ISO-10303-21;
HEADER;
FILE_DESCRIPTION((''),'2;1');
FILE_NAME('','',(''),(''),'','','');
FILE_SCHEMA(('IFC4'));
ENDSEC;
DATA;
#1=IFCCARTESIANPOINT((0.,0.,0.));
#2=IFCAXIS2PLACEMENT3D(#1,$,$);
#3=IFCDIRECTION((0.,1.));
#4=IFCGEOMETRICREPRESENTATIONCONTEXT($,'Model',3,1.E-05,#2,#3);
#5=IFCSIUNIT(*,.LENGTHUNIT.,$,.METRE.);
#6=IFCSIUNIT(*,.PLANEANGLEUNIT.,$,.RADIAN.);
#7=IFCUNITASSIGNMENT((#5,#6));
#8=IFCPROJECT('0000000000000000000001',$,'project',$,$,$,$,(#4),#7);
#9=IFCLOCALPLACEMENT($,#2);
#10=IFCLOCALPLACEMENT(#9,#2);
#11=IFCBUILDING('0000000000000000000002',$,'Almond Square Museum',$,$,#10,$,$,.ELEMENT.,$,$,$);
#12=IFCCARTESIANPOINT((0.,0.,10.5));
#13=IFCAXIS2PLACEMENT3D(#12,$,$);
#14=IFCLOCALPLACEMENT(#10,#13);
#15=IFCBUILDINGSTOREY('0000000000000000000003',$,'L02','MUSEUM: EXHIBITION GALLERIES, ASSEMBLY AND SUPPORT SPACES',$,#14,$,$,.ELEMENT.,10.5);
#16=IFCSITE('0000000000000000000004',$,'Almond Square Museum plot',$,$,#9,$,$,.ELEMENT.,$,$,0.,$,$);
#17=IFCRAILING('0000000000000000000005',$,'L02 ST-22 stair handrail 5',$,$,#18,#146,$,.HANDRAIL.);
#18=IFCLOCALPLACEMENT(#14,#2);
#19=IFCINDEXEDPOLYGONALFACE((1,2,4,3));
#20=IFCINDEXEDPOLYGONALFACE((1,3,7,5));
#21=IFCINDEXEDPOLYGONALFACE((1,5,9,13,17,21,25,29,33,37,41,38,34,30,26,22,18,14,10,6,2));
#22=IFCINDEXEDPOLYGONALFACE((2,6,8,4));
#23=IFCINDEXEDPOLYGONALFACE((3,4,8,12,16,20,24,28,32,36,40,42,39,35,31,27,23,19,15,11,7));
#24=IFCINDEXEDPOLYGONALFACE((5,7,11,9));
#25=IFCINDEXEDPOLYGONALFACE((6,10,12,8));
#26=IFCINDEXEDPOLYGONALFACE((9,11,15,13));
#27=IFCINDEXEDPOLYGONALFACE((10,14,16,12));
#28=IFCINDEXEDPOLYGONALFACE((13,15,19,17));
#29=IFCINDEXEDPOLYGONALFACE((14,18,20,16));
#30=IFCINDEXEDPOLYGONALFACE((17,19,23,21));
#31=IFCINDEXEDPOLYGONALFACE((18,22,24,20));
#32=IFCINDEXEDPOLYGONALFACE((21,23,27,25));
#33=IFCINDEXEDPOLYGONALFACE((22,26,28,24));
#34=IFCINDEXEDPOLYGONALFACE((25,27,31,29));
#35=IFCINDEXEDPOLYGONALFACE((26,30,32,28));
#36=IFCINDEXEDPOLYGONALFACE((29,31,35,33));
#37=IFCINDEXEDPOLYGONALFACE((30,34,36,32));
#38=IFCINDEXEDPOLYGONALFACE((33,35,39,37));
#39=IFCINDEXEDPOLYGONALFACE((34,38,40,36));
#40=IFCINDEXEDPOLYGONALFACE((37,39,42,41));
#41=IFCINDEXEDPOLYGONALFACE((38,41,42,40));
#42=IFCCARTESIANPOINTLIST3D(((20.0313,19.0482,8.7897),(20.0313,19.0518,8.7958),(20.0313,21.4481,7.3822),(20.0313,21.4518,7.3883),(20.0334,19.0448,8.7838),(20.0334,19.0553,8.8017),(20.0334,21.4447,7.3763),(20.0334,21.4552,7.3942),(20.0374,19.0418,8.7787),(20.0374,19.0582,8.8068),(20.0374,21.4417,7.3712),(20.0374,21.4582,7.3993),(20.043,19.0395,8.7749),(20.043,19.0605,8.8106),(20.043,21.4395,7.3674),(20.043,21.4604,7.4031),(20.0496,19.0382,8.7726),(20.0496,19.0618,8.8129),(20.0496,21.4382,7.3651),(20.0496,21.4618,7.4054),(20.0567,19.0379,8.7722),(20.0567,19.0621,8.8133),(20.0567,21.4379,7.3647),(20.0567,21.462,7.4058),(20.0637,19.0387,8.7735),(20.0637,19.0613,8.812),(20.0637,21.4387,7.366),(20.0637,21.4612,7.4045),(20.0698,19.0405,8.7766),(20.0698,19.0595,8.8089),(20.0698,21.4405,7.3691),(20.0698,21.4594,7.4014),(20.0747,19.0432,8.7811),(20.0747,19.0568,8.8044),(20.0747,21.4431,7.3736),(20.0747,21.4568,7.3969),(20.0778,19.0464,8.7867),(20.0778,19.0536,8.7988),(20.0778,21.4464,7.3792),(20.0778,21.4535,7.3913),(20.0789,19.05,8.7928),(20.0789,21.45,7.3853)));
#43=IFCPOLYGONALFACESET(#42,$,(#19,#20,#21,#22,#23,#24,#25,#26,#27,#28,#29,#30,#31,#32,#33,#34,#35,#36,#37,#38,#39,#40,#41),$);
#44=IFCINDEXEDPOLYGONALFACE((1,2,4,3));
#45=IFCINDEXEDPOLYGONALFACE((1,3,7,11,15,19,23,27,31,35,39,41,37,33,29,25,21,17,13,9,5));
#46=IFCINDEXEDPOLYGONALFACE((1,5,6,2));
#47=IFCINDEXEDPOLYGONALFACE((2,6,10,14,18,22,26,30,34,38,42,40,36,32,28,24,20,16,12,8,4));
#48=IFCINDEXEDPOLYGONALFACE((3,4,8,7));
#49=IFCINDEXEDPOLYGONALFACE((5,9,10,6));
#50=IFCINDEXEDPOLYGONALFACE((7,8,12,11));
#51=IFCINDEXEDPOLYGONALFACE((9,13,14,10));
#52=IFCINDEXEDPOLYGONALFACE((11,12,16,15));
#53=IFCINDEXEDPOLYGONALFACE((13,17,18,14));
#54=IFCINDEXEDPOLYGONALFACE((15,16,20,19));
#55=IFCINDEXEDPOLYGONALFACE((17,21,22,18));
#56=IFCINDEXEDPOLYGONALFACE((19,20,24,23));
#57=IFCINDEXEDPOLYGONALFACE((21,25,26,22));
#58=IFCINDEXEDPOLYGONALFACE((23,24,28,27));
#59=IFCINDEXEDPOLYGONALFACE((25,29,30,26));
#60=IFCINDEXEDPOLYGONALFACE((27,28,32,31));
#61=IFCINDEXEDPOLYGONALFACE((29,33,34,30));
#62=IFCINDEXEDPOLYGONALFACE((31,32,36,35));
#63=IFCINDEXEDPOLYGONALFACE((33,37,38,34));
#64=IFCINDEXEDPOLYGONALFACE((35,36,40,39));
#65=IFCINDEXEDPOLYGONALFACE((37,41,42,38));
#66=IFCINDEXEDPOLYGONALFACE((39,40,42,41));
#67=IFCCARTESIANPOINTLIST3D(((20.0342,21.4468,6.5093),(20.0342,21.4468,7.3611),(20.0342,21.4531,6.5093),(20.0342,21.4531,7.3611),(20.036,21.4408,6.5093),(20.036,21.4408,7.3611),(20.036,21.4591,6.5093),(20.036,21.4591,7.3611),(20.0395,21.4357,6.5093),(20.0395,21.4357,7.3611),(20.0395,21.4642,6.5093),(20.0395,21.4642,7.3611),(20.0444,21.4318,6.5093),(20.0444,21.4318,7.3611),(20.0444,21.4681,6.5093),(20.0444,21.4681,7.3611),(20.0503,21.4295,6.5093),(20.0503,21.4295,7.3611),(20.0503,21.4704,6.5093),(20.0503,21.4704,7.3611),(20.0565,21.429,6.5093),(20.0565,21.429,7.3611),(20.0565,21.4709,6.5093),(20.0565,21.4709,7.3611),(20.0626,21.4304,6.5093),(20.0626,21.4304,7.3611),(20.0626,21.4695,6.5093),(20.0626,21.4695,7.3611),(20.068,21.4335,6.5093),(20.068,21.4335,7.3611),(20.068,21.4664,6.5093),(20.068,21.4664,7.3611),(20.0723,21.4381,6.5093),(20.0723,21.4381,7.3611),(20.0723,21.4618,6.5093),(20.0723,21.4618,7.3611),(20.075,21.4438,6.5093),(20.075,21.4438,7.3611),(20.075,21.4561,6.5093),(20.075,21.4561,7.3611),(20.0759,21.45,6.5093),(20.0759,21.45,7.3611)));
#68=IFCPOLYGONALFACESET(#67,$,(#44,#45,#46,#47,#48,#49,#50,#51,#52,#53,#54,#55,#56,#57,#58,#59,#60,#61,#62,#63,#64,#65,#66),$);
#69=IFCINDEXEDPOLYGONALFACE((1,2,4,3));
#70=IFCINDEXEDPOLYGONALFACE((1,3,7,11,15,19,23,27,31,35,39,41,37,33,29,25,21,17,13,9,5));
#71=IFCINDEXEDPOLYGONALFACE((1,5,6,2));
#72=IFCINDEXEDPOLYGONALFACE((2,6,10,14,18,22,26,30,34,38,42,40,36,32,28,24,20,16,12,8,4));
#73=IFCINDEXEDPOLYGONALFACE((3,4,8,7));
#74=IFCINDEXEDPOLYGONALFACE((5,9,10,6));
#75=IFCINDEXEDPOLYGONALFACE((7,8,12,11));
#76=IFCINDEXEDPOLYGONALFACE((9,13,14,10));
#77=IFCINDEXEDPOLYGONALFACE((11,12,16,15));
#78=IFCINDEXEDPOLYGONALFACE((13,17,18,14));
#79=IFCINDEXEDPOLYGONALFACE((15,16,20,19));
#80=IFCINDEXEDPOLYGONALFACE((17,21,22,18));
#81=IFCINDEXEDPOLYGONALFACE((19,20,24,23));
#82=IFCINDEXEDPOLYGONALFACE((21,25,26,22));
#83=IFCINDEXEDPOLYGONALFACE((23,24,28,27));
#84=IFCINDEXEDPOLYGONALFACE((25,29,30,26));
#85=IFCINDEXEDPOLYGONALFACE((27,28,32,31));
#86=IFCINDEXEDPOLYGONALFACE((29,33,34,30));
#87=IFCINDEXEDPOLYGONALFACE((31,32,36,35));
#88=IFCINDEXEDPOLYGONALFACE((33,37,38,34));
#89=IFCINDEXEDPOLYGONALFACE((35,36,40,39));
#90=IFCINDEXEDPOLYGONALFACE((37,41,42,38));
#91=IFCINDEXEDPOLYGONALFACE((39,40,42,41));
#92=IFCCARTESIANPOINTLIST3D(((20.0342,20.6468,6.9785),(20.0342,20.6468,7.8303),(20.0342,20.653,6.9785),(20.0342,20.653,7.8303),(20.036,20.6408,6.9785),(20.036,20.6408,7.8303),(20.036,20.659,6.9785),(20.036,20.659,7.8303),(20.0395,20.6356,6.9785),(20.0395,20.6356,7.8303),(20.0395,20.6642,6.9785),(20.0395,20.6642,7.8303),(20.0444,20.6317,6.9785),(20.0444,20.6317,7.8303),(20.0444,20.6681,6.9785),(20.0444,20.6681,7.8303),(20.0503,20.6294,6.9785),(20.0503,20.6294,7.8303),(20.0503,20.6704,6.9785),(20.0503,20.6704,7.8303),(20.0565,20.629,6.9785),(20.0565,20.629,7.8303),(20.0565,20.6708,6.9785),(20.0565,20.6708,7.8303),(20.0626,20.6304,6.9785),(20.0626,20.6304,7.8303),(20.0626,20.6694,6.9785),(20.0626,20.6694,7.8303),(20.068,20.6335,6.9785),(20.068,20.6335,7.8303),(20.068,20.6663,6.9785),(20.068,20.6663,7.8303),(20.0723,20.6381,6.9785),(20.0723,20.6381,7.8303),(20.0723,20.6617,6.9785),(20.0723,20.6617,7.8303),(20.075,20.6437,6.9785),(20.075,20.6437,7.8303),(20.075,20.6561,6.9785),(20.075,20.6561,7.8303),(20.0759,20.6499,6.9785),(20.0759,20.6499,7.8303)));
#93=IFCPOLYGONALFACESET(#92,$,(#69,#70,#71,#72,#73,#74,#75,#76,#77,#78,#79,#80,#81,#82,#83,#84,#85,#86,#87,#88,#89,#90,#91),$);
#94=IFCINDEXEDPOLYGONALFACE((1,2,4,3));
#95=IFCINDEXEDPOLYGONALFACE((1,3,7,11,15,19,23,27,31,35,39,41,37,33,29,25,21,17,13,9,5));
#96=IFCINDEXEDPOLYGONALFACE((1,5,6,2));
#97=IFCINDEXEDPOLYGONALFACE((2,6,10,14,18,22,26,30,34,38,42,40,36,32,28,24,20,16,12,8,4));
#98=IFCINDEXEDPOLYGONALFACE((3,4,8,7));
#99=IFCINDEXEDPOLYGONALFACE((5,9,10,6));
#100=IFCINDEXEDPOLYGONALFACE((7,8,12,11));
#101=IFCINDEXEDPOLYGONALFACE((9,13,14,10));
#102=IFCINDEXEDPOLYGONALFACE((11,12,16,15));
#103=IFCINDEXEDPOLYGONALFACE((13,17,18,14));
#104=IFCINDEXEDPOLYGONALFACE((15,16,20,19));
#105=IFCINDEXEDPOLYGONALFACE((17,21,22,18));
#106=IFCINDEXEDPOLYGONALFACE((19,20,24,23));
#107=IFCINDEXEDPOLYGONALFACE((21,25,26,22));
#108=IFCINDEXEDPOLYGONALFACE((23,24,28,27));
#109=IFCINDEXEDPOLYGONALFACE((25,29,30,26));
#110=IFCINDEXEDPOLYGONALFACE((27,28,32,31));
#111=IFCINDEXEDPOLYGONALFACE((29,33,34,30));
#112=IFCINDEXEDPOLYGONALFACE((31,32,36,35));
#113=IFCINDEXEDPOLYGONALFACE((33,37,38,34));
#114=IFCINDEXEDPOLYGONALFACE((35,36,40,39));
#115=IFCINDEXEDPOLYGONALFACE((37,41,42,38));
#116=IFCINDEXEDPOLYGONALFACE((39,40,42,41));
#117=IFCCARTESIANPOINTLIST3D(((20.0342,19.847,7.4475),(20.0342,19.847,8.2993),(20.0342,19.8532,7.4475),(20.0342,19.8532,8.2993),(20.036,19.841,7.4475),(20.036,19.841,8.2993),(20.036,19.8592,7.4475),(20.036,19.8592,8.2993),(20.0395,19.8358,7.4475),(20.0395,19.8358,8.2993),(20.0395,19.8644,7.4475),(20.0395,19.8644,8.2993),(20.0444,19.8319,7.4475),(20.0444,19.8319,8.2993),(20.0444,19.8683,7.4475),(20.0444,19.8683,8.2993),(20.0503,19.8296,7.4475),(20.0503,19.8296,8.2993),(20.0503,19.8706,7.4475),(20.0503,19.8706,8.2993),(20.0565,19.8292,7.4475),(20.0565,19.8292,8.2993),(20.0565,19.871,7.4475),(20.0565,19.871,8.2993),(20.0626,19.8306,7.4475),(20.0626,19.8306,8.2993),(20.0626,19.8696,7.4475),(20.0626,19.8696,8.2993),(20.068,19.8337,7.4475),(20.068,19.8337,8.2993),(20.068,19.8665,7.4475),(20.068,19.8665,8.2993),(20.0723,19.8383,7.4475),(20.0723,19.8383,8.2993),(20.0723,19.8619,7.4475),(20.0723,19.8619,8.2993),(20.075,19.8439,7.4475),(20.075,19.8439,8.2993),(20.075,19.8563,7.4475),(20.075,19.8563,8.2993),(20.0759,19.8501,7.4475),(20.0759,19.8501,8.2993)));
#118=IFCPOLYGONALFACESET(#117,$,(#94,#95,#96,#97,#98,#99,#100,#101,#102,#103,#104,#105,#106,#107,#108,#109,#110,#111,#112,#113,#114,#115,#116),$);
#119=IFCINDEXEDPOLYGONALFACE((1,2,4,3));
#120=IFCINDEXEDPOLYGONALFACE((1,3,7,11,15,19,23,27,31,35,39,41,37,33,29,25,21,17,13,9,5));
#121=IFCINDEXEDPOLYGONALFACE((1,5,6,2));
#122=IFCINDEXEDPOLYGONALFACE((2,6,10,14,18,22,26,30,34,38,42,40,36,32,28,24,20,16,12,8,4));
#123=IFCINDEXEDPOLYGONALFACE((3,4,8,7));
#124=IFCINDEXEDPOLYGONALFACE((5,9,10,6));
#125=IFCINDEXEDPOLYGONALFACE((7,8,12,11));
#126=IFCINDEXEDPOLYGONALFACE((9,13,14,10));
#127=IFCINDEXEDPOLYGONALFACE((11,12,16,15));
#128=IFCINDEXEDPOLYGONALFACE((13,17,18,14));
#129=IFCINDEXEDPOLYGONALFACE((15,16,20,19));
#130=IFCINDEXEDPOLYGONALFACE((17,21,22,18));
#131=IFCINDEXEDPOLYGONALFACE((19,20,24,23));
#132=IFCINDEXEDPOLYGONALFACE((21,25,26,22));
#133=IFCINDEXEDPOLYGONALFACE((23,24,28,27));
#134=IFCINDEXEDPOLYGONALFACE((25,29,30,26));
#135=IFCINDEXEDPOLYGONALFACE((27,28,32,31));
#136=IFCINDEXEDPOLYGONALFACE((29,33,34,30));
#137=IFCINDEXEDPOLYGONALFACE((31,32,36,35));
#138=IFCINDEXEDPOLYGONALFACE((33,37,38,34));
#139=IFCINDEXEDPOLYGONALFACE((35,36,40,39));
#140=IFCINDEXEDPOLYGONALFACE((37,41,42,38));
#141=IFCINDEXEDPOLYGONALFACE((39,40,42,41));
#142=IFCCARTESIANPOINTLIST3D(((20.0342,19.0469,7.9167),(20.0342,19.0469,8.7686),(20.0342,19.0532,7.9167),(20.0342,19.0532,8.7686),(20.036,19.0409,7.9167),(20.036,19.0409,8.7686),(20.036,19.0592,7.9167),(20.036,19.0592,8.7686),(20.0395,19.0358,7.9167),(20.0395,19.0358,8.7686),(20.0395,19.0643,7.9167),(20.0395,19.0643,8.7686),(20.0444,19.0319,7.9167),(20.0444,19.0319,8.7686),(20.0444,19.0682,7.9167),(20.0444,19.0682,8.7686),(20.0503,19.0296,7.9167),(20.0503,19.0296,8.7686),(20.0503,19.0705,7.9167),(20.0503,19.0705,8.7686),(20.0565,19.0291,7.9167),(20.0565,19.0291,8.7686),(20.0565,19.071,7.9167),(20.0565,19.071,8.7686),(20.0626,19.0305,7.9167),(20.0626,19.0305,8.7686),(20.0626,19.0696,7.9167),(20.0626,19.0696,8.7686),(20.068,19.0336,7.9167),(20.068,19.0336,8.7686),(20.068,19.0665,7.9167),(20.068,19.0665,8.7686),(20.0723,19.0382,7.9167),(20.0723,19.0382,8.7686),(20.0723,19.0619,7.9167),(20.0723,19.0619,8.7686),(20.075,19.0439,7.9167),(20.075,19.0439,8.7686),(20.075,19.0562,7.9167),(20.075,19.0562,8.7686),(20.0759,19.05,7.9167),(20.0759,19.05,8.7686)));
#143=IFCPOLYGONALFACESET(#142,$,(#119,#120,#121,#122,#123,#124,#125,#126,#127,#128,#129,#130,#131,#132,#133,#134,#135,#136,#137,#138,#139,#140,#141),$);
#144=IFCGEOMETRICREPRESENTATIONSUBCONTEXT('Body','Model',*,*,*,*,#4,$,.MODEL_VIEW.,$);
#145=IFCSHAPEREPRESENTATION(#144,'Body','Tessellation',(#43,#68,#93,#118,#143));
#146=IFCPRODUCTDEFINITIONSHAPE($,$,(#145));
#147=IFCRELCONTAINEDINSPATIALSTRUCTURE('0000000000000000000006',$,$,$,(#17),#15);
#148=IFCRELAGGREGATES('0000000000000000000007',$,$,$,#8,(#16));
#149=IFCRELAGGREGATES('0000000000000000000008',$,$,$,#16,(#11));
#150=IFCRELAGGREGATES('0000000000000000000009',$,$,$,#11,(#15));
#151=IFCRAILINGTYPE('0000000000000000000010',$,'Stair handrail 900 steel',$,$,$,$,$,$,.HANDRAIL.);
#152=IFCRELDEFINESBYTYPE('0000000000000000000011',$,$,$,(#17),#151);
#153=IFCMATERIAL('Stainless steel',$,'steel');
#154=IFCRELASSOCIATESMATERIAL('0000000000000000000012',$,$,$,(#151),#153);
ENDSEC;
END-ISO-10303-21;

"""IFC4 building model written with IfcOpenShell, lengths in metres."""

from ifc_helpers import new_model, si_unit, direction, frame, origin, origin_2d, place, context, subcontext, project, spatial, circle, extrude, material, type_object, element, save


model = new_model("IFC4")

# Units and contexts
model_context = context("Model", 3, precision=1e-05, world=origin(), true_north=direction((0.0, 1.0)))
body_context = subcontext(model_context, "Body", "Model", "MODEL_VIEW")
ifc_project = project(units=[si_unit("LENGTHUNIT", "METRE"), si_unit("PLANEANGLEUNIT", "RADIAN")], contexts=[model_context])

# Site, building, storey
site_placement = place(None, origin())
site = spatial("IfcSite", under=ifc_project, at=site_placement, Name="Almond Square Museum plot", CompositionType="ELEMENT", RefElevation=0.0)
building_placement = place(site_placement, origin())
building = spatial("IfcBuilding", under=site, at=building_placement, Name="Almond Square Museum", CompositionType="ELEMENT")
storey_placement = place(building_placement, frame((0.0, 0.0, 10.5)))
storey = spatial("IfcBuildingStorey", under=building, at=storey_placement, Name="L02", Description="MUSEUM: EXHIBITION GALLERIES, ASSEMBLY AND SUPPORT SPACES", CompositionType="ELEMENT", Elevation=10.5)

# Railing
ifc_material_1 = material(Name="Stainless steel", Category="steel")
railing_type_1 = type_object("IfcRailingType", Name="Stair handrail 900 steel", PredefinedType="HANDRAIL", material=ifc_material_1)
for number, where, name in (
    (1, (20.0549, 21.45, 6.5093), "L02 ST-22 stair handrail 5"),
):
    element("IfcRailing", number, at=place(storey_placement, frame(where)), inside=storey, type_object=railing_type_1, Name=name, PredefinedType="HANDRAIL", context=body_context, shape_type="SweptSolid", body=[
        extrude(circle(Radius=0.0239, at=origin_2d()), frame((0.0, 0.0, 0.876), z_axis=(0.0, -0.862599, 0.505888), x_axis=(1.0, 0.0, 0.0)), (0.0, 0.0, 1.0), 2.7822),
        extrude(circle(Radius=0.021, at=origin_2d()), origin(), (0.0, 0.0, 1.0), 0.8518),
        extrude(circle(Radius=0.021, at=origin_2d()), frame((0.0, -0.8, 0.4692)), (0.0, 0.0, 1.0), 0.8518),
        extrude(circle(Radius=0.021, at=origin_2d()), frame((0.0, -1.5999, 0.9382)), (0.0, 0.0, 1.0), 0.8518),
        extrude(circle(Radius=0.021, at=origin_2d()), frame((0.0, -2.3999, 1.4075)), (0.0, 0.0, 1.0), 0.8518),
    ])

save(model, "model.ifc")
